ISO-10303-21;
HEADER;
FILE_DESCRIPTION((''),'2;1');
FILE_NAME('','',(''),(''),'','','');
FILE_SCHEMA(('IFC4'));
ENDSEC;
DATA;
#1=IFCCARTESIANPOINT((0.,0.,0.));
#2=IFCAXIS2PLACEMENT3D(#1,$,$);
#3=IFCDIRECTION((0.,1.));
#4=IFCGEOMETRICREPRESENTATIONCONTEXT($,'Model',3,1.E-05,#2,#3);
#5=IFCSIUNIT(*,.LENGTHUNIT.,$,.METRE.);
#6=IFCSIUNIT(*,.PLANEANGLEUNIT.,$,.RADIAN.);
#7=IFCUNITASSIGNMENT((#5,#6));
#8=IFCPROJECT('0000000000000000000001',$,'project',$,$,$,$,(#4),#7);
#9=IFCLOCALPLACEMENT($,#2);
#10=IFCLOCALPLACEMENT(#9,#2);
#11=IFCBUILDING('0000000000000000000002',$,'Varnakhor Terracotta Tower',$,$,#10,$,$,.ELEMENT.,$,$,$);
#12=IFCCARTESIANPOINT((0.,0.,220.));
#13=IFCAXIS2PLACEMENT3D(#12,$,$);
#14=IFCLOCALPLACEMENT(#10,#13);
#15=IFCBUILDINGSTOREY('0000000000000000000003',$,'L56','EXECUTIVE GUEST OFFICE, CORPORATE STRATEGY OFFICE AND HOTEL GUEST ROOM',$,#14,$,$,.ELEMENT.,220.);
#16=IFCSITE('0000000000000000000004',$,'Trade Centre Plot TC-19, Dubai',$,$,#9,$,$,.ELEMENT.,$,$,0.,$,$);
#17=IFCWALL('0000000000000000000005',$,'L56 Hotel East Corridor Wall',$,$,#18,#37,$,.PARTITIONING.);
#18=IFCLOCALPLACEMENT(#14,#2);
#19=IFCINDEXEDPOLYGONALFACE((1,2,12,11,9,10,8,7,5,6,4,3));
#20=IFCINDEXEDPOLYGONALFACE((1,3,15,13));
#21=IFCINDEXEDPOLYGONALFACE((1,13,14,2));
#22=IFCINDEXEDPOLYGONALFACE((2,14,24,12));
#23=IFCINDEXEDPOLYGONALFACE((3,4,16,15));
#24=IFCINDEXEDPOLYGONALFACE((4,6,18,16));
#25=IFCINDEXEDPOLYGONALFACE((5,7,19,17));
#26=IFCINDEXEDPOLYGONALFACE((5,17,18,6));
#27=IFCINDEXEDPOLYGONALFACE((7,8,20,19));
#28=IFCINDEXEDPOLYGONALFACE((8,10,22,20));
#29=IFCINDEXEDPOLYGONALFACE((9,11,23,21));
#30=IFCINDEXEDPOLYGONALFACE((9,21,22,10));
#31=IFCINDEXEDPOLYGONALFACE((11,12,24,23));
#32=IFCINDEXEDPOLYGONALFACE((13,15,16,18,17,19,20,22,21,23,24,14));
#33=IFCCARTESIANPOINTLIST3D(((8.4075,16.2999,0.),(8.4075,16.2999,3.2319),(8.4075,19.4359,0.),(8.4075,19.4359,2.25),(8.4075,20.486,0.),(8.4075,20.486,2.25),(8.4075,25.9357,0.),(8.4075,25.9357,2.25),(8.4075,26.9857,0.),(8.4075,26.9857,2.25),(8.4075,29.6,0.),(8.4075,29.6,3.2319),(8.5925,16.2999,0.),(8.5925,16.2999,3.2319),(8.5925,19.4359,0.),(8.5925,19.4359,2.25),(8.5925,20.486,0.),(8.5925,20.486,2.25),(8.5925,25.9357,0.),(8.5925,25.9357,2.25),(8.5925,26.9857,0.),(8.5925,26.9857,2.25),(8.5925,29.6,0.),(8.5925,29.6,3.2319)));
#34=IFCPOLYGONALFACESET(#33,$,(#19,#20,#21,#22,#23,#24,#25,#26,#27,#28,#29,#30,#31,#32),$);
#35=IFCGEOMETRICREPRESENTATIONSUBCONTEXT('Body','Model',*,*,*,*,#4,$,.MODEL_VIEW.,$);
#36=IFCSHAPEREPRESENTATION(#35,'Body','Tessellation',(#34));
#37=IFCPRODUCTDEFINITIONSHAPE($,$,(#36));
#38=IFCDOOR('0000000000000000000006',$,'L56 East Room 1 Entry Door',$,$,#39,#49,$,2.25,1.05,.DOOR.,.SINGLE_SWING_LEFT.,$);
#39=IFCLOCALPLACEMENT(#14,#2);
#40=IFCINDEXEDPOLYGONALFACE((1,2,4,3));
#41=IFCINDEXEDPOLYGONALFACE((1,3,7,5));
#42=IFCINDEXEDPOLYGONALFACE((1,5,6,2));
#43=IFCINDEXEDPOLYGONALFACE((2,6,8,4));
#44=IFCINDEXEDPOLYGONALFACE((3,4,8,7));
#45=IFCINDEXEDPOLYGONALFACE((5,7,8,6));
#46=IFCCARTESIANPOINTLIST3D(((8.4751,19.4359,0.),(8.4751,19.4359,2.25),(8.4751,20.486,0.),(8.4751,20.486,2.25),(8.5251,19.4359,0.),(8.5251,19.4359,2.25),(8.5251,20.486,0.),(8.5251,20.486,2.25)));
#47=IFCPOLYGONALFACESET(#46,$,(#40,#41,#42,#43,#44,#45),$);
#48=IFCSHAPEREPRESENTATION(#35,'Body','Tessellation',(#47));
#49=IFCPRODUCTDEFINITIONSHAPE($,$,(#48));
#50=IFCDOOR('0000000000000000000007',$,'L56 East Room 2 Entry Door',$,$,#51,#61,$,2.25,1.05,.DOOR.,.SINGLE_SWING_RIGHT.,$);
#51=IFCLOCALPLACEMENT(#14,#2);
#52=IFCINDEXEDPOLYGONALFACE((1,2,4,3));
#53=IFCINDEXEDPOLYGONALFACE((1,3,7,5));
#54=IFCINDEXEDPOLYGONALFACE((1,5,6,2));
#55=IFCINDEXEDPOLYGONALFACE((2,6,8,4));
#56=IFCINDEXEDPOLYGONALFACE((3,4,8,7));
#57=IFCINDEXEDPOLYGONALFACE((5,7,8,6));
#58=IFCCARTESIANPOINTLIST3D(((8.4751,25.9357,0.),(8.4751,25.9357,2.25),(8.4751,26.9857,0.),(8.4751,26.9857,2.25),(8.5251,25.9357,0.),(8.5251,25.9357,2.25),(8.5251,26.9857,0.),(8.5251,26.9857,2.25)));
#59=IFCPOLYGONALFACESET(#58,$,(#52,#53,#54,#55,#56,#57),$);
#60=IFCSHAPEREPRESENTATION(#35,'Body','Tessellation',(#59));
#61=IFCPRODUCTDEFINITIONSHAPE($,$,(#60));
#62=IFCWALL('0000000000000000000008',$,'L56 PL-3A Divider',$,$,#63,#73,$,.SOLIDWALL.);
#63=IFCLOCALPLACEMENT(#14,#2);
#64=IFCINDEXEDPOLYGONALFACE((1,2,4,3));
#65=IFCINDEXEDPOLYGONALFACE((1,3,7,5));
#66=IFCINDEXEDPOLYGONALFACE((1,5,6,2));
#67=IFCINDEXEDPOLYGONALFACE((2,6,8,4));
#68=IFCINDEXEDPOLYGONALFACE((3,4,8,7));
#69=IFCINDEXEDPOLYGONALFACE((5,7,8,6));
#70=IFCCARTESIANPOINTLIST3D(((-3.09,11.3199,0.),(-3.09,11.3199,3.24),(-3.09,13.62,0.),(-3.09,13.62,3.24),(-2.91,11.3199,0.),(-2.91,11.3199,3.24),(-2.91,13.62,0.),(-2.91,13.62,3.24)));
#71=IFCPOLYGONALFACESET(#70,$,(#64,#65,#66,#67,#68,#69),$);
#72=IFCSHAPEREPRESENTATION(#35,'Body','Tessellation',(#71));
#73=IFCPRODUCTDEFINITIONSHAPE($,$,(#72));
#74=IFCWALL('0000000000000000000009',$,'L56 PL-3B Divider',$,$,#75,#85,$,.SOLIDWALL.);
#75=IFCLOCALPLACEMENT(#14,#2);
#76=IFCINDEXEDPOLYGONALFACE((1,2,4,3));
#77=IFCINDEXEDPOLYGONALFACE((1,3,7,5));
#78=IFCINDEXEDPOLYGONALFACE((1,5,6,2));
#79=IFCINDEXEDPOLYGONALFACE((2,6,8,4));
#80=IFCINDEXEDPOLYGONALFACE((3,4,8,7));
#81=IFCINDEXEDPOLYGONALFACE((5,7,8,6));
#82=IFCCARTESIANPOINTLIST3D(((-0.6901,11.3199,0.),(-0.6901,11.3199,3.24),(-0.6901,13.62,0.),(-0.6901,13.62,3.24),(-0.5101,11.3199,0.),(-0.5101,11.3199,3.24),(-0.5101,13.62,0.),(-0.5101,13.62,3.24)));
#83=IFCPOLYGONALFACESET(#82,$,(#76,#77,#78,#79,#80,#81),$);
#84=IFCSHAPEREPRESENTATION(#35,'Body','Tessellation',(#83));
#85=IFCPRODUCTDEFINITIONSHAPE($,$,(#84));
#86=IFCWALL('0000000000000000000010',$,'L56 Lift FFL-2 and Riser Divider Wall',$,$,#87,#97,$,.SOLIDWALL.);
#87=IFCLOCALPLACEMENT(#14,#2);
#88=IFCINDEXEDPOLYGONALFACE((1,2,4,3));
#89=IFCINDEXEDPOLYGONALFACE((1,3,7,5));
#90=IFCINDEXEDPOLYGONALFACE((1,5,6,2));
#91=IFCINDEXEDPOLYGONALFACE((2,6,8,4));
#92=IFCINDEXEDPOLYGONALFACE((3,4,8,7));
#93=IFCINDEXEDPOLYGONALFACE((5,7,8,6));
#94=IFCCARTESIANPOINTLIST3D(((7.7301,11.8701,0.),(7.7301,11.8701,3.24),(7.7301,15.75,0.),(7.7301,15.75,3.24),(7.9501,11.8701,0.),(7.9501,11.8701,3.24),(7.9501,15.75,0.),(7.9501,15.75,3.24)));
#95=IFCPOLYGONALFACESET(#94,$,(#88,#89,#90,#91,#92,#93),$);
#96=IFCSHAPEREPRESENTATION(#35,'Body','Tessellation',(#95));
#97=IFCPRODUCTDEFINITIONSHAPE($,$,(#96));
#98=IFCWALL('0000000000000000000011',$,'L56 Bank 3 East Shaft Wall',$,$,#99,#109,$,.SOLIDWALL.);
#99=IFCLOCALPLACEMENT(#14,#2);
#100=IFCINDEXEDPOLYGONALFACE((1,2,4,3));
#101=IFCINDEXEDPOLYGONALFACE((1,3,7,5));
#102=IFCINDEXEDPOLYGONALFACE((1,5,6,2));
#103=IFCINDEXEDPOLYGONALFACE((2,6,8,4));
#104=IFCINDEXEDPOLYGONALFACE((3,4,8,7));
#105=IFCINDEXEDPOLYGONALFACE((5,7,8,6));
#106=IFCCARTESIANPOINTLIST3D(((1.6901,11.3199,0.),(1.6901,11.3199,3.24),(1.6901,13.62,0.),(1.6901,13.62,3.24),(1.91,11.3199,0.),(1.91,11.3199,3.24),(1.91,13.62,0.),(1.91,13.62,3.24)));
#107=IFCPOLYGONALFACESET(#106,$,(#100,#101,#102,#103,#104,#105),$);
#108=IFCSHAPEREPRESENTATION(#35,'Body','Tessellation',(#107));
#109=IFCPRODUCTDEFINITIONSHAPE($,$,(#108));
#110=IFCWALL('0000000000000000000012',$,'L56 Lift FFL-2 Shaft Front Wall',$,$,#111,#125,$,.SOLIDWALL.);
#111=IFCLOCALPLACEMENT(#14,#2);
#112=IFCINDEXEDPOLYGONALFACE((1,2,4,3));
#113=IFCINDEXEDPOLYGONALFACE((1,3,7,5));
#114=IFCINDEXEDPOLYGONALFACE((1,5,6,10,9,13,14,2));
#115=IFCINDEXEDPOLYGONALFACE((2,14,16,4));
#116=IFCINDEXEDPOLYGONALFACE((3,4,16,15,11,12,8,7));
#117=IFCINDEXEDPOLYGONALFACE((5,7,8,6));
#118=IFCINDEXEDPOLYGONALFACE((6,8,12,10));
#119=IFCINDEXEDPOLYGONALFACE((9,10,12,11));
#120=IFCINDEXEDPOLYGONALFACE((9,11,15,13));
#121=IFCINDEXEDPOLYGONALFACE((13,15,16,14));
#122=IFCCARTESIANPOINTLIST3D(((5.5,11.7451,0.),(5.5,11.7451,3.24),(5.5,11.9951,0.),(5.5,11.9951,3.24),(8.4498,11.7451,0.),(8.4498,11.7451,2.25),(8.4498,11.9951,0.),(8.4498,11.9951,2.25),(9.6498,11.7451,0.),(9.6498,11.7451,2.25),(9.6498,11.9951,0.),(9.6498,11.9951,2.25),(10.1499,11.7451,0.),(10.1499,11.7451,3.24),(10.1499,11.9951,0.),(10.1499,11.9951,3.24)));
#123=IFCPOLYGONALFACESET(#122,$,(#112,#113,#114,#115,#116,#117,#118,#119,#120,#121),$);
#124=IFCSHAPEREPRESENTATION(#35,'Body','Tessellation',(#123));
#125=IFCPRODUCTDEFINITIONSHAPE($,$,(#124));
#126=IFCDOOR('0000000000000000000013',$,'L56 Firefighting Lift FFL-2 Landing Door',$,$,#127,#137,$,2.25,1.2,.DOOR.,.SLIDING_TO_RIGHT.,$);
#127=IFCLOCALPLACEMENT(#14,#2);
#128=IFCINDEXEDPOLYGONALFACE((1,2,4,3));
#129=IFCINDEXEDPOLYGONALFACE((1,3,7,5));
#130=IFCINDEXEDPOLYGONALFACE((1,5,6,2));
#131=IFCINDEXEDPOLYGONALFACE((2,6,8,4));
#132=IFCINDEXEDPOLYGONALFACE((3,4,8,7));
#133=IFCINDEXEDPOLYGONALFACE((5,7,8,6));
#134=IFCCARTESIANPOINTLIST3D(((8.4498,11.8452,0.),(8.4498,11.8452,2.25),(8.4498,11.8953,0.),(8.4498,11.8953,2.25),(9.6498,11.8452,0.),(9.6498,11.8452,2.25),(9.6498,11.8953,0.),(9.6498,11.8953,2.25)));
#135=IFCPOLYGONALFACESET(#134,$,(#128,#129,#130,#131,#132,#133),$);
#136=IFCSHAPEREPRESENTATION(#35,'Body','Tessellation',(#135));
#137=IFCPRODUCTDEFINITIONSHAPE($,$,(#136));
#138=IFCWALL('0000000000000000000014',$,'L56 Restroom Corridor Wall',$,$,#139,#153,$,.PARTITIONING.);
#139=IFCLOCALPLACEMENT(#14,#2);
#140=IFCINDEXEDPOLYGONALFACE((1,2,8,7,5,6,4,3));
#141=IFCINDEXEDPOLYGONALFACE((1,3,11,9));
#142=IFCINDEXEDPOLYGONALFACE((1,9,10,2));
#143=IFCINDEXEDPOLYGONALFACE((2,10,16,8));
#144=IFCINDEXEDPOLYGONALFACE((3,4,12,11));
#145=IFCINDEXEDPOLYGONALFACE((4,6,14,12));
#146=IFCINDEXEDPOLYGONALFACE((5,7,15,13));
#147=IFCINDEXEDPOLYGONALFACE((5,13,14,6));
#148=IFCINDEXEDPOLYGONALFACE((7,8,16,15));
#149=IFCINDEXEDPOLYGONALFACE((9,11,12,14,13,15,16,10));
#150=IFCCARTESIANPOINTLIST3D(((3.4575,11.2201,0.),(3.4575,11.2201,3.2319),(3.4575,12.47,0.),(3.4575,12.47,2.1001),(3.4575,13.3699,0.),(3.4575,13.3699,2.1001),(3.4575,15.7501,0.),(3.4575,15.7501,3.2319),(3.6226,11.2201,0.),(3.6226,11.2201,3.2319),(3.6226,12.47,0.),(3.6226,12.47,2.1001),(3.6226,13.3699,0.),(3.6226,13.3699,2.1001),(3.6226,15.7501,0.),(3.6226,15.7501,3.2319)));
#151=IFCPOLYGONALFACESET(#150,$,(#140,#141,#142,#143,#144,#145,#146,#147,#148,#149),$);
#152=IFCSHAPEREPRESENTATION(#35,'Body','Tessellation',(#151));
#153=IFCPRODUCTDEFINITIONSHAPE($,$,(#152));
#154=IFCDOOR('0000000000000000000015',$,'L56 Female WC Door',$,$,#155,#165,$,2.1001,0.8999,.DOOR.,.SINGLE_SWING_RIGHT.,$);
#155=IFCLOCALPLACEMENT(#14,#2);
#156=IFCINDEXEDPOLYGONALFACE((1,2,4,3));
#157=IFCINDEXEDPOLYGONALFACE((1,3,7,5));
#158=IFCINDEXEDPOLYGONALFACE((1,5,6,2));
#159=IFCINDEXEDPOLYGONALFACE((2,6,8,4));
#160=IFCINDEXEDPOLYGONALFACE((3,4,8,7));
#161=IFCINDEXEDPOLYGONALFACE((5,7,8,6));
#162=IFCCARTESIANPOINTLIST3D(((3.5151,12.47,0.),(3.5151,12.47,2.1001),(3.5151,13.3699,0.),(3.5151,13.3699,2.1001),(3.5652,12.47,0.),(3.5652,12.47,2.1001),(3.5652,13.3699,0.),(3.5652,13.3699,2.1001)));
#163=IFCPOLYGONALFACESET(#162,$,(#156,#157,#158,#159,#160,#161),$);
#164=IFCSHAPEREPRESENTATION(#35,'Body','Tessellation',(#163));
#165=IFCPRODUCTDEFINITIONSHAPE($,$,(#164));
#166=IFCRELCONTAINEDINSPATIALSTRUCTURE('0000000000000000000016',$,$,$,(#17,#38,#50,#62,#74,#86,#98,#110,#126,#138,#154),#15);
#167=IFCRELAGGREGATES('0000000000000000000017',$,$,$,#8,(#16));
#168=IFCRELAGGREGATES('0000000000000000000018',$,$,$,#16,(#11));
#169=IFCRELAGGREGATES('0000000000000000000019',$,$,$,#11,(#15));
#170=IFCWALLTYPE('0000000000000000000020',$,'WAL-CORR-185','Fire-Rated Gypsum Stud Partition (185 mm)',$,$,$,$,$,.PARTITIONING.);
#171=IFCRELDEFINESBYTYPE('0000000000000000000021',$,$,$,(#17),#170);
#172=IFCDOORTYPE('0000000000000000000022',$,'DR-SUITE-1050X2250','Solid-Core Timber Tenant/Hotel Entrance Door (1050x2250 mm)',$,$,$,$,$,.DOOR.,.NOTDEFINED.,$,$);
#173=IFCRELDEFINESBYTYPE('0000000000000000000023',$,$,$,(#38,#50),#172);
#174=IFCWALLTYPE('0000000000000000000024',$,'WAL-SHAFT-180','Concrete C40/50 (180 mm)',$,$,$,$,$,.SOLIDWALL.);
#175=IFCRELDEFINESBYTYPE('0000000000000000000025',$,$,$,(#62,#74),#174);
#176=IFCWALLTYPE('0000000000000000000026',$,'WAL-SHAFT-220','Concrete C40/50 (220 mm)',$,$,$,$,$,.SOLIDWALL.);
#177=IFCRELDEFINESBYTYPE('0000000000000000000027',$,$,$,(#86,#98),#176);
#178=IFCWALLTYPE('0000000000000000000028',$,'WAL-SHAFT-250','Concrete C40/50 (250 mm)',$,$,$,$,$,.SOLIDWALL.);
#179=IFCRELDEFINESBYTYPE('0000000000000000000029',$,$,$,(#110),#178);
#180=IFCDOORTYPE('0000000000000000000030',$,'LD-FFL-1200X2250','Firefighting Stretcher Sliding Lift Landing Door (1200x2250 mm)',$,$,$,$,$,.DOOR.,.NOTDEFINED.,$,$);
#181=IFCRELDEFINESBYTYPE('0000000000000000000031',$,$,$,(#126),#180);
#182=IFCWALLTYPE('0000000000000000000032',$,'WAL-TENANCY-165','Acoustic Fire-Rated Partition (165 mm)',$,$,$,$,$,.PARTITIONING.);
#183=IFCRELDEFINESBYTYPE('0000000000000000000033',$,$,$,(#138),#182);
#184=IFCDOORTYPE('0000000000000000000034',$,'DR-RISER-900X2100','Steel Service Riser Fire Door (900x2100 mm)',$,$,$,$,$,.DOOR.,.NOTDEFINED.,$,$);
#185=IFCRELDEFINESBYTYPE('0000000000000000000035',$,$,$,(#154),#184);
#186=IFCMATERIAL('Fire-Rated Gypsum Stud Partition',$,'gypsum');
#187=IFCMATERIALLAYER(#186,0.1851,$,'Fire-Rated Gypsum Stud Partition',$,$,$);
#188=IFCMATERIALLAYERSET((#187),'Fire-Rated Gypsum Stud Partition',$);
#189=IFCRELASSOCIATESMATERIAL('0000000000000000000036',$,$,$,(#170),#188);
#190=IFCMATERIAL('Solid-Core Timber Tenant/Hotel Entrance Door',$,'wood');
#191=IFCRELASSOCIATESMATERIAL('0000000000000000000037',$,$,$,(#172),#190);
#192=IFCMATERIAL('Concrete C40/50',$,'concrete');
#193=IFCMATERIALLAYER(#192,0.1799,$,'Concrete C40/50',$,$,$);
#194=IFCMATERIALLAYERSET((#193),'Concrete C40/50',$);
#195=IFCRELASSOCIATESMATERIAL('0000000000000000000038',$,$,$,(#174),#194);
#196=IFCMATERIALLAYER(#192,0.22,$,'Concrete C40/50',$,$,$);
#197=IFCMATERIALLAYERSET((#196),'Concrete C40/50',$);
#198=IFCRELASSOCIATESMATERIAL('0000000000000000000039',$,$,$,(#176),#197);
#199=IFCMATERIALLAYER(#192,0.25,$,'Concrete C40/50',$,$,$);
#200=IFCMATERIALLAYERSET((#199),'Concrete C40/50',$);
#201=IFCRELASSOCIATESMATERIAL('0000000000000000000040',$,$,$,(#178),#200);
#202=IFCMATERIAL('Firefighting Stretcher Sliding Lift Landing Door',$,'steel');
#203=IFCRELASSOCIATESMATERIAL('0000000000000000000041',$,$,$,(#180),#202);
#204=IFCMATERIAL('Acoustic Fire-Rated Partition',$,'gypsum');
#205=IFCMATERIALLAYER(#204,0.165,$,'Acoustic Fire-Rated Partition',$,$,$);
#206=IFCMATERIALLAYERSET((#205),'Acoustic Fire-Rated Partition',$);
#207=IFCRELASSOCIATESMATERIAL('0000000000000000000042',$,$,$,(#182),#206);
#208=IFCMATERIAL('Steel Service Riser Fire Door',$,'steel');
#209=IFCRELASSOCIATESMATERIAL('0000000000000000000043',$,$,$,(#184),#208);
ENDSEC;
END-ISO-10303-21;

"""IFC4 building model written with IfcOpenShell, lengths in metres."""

from ifc_helpers import new_model, si_unit, direction, frame, frame_2d, origin, place, context, subcontext, project, spatial, rectangle, extrude, source, transform, mapped, material, layer, layer_set, type_object, type_shapes, element, fill, save


model = new_model("IFC4")

# Units and contexts
model_context = context("Model", 3, precision=1e-05, world=origin(), true_north=direction((0.0, 1.0)))
body_context = subcontext(model_context, "Body", "Model", "MODEL_VIEW")
ifc_project = project(units=[si_unit("LENGTHUNIT", "METRE"), si_unit("PLANEANGLEUNIT", "RADIAN")], contexts=[model_context])

# Site, building, storey
site_placement = place(None, origin())
site = spatial("IfcSite", under=ifc_project, at=site_placement, Name="Trade Centre Plot TC-19, Dubai", CompositionType="ELEMENT", RefElevation=0.0)
building_placement = place(site_placement, origin())
building = spatial("IfcBuilding", under=site, at=building_placement, Name="Varnakhor Terracotta Tower", CompositionType="ELEMENT")
storey_placement = place(building_placement, frame((0.0, 0.0, 220.0)))
storey = spatial("IfcBuildingStorey", under=building, at=storey_placement, Name="L56", Description="EXECUTIVE GUEST OFFICE, CORPORATE STRATEGY OFFICE AND HOTEL GUEST ROOM", CompositionType="ELEMENT", Elevation=220.0)

# Shared definitions
ifc_material_1 = material(Name="Fire-Rated Gypsum Stud Partition", Category="gypsum")
ifc_layer_1 = layer(ifc_material_1, 0.1851, Name="Fire-Rated Gypsum Stud Partition")
ifc_layer_set_1 = layer_set([ifc_layer_1], Name="Fire-Rated Gypsum Stud Partition")
wall_type_1 = type_object("IfcWallType", Name="WAL-CORR-185", Description="Fire-Rated Gypsum Stud Partition (185 mm)", PredefinedType="PARTITIONING", material=ifc_layer_set_1)

# Wall, openings, doors
wall_1_placement = place(storey_placement, frame((8.5, 16.3, 0.0), z_axis=(0.0, 0.0, 1.0), x_axis=(0.0, 1.0, 0.0)))
wall_1 = element("IfcWall", 1, at=wall_1_placement, inside=storey, type_object=wall_type_1, Name="L56 Hotel East Corridor Wall", PredefinedType="PARTITIONING", context=body_context, shape_type="SweptSolid", body=[
    extrude(rectangle(XDim=13.3, YDim=0.1851, at=frame_2d((6.6499, 0.0))), origin(), (0.0, 0.0, 1.0), 3.2319),
])
opening_1_placement = place(wall_1_placement, frame((3.136, 0.0, 0.0)))
opening_1 = element("IfcOpeningElement", 2, at=opening_1_placement, cuts=wall_1, PredefinedType="OPENING", context=body_context, shape_type="SweptSolid", body=[
    extrude(rectangle(XDim=1.05, YDim=2.25, at=frame_2d((0.5249, 1.125))), frame((0.0, 0.1025, 0.0), z_axis=(0.0, -1.0, 0.0), x_axis=(1.0, 0.0, 0.0)), (0.0, 0.0, 1.0), 0.2051),
])
opening_2_placement = place(wall_1_placement, frame((9.6357, 0.0, 0.0)))
opening_2 = element("IfcOpeningElement", 3, at=opening_2_placement, cuts=wall_1, PredefinedType="OPENING", context=body_context, shape_type="SweptSolid", body=[
    extrude(rectangle(XDim=1.05, YDim=2.25, at=frame_2d((0.5249, 1.125))), frame((0.0, 0.1025, 0.0), z_axis=(0.0, -1.0, 0.0), x_axis=(1.0, 0.0, 0.0)), (0.0, 0.0, 1.0), 0.2051),
])
ifc_material_2 = material(Name="Solid-Core Timber Tenant/Hotel Entrance Door", Category="wood")
door_type_1 = type_object("IfcDoorType", Name="DR-SUITE-1050X2250", Description="Solid-Core Timber Tenant/Hotel Entrance Door (1050x2250 mm)", OperationType="NOTDEFINED", PredefinedType="DOOR", material=ifc_material_2)
shared_shape_1 = source(origin(), body_context, "Body", "SweptSolid", [
    extrude(rectangle(XDim=1.05, YDim=2.25, at=frame_2d((0.5249, 1.125))), frame((0.0, 0.0249, 0.0), z_axis=(0.0, -1.0, 0.0), x_axis=(1.0, 0.0, 0.0)), (0.0, 0.0, 1.0), 0.05),
])
type_shapes(door_type_1, [shared_shape_1])
door_1_placement = place(opening_1_placement, origin())
door_1 = element("IfcDoor", 4, at=door_1_placement, inside=storey, type_object=door_type_1, Name="L56 East Room 1 Entry Door", OperationType="SINGLE_SWING_LEFT", OverallHeight=2.25, OverallWidth=1.05, PredefinedType="DOOR", context=body_context, shape_type="MappedRepresentation", body=[
    mapped(shared_shape_1, transform((0.0, 0.0, 0.0), scale=1.0)),
])
fill(opening_1, door_1)
door_2_placement = place(opening_2_placement, origin())
door_2 = element("IfcDoor", 5, at=door_2_placement, inside=storey, type_object=door_type_1, Name="L56 East Room 2 Entry Door", OperationType="SINGLE_SWING_RIGHT", OverallHeight=2.25, OverallWidth=1.05, PredefinedType="DOOR", context=body_context, shape_type="MappedRepresentation", body=[
    mapped(shared_shape_1, transform((0.0, 0.0, 0.0), scale=1.0)),
])
fill(opening_2, door_2)

# Walls
ifc_material_3 = material(Name="Concrete C40/50", Category="concrete")
ifc_layer_2 = layer(ifc_material_3, 0.1799, Name="Concrete C40/50")
ifc_layer_set_2 = layer_set([ifc_layer_2], Name="Concrete C40/50")
wall_type_2 = type_object("IfcWallType", Name="WAL-SHAFT-180", Description="Concrete C40/50 (180 mm)", PredefinedType="SOLIDWALL", material=ifc_layer_set_2)
for number, where, z_axis, x_axis, name in (
    (6, (-3.0, 11.3201, 0.0), (0.0, 0.0, 1.0), (0.0, 1.0, 0.0), "L56 PL-3A Divider"),
    (7, (-0.6001, 11.3201, 0.0), (0.0, 0.0, 1.0), (0.0, 1.0, 0.0), "L56 PL-3B Divider"),
):
    element("IfcWall", number, at=place(storey_placement, frame(where, z_axis=z_axis, x_axis=x_axis)), inside=storey, type_object=wall_type_2, Name=name, PredefinedType="SOLIDWALL", context=body_context, shape_type="SweptSolid", body=[
        extrude(rectangle(XDim=2.3, YDim=0.1799, at=frame_2d((1.1499, 0.0))), origin(), (0.0, 0.0, 1.0), 3.24),
    ])
ifc_layer_3 = layer(ifc_material_3, 0.22, Name="Concrete C40/50")
ifc_layer_set_3 = layer_set([ifc_layer_3], Name="Concrete C40/50")
wall_type_3 = type_object("IfcWallType", Name="WAL-SHAFT-220", Description="Concrete C40/50 (220 mm)", PredefinedType="SOLIDWALL", material=ifc_layer_set_3)
wall_2_placement = place(storey_placement, frame((7.8401, 11.8701, 0.0), z_axis=(0.0, 0.0, 1.0), x_axis=(0.0, 1.0, 0.0)))
element("IfcWall", 8, at=wall_2_placement, inside=storey, type_object=wall_type_3, Name="L56 Lift FFL-2 and Riser Divider Wall", PredefinedType="SOLIDWALL", context=body_context, shape_type="SweptSolid", body=[
    extrude(rectangle(XDim=3.8799, YDim=0.22, at=frame_2d((1.9399, 0.0))), origin(), (0.0, 0.0, 1.0), 3.24),
])
wall_3_placement = place(storey_placement, frame((1.8, 11.3201, 0.0), z_axis=(0.0, 0.0, 1.0), x_axis=(0.0, 1.0, 0.0)))
element("IfcWall", 9, at=wall_3_placement, inside=storey, type_object=wall_type_3, Name="L56 Bank 3 East Shaft Wall", PredefinedType="SOLIDWALL", context=body_context, shape_type="SweptSolid", body=[
    extrude(rectangle(XDim=2.3, YDim=0.22, at=frame_2d((1.1499, 0.0))), origin(), (0.0, 0.0, 1.0), 3.24),
])

# Walls, openings, doors
ifc_layer_4 = layer(ifc_material_3, 0.25, Name="Concrete C40/50")
ifc_layer_set_4 = layer_set([ifc_layer_4], Name="Concrete C40/50")
wall_type_4 = type_object("IfcWallType", Name="WAL-SHAFT-250", Description="Concrete C40/50 (250 mm)", PredefinedType="SOLIDWALL", material=ifc_layer_set_4)
wall_4_placement = place(storey_placement, frame((10.1499, 11.8701, 0.0), z_axis=(0.0, 0.0, 1.0), x_axis=(-1.0, 0.0, 0.0)))
wall_4 = element("IfcWall", 10, at=wall_4_placement, inside=storey, type_object=wall_type_4, Name="L56 Lift FFL-2 Shaft Front Wall", PredefinedType="SOLIDWALL", context=body_context, shape_type="SweptSolid", body=[
    extrude(rectangle(XDim=4.6499, YDim=0.25, at=frame_2d((2.325, 0.0))), origin(), (0.0, 0.0, 1.0), 3.24),
])
opening_3_placement = place(wall_4_placement, frame((0.5, 0.0, 0.0)))
opening_3 = element("IfcOpeningElement", 11, at=opening_3_placement, cuts=wall_4, PredefinedType="OPENING", context=body_context, shape_type="SweptSolid", body=[
    extrude(rectangle(XDim=1.2, YDim=2.25, at=frame_2d((0.6001, 1.125))), frame((0.0, 0.135, 0.0), z_axis=(0.0, -1.0, 0.0), x_axis=(1.0, 0.0, 0.0)), (0.0, 0.0, 1.0), 0.27),
])
ifc_material_4 = material(Name="Firefighting Stretcher Sliding Lift Landing Door", Category="steel")
door_type_2 = type_object("IfcDoorType", Name="LD-FFL-1200X2250", Description="Firefighting Stretcher Sliding Lift Landing Door (1200x2250 mm)", OperationType="NOTDEFINED", PredefinedType="DOOR", material=ifc_material_4)
shared_shape_2 = source(origin(), body_context, "Body", "SweptSolid", [
    extrude(rectangle(XDim=1.2, YDim=2.25, at=frame_2d((0.6001, 1.125))), frame((0.0, 0.0249, 0.0), z_axis=(0.0, -1.0, 0.0), x_axis=(1.0, 0.0, 0.0)), (0.0, 0.0, 1.0), 0.05),
])
type_shapes(door_type_2, [shared_shape_2])
door_3_placement = place(opening_3_placement, origin())
door_3 = element("IfcDoor", 12, at=door_3_placement, inside=storey, type_object=door_type_2, Name="L56 Firefighting Lift FFL-2 Landing Door", OperationType="SLIDING_TO_RIGHT", OverallHeight=2.25, OverallWidth=1.2, PredefinedType="DOOR", context=body_context, shape_type="MappedRepresentation", body=[
    mapped(shared_shape_2, transform((0.0, 0.0, 0.0), scale=1.0)),
])
fill(opening_3, door_3)
ifc_material_5 = material(Name="Acoustic Fire-Rated Partition", Category="gypsum")
ifc_layer_5 = layer(ifc_material_5, 0.165, Name="Acoustic Fire-Rated Partition")
ifc_layer_set_5 = layer_set([ifc_layer_5], Name="Acoustic Fire-Rated Partition")
wall_type_5 = type_object("IfcWallType", Name="WAL-TENANCY-165", Description="Acoustic Fire-Rated Partition (165 mm)", PredefinedType="PARTITIONING", material=ifc_layer_set_5)
wall_5_placement = place(storey_placement, frame((3.54, 11.22, 0.0), z_axis=(0.0, 0.0, 1.0), x_axis=(0.0, 1.0, 0.0)))
wall_5 = element("IfcWall", 13, at=wall_5_placement, inside=storey, type_object=wall_type_5, Name="L56 Restroom Corridor Wall", PredefinedType="PARTITIONING", context=body_context, shape_type="SweptSolid", body=[
    extrude(rectangle(XDim=4.53, YDim=0.165, at=frame_2d((2.2651, 0.0))), origin(), (0.0, 0.0, 1.0), 3.2319),
])
opening_4_placement = place(wall_5_placement, frame((1.25, 0.0, 0.0)))
opening_4 = element("IfcOpeningElement", 14, at=opening_4_placement, cuts=wall_5, PredefinedType="OPENING", context=body_context, shape_type="SweptSolid", body=[
    extrude(rectangle(XDim=0.8999, YDim=2.1001, at=frame_2d((0.45, 1.05))), frame((0.0, 0.0925, 0.0), z_axis=(0.0, -1.0, 0.0), x_axis=(1.0, 0.0, 0.0)), (0.0, 0.0, 1.0), 0.1851),
])
ifc_material_6 = material(Name="Steel Service Riser Fire Door", Category="steel")
door_type_3 = type_object("IfcDoorType", Name="DR-RISER-900X2100", Description="Steel Service Riser Fire Door (900x2100 mm)", OperationType="NOTDEFINED", PredefinedType="DOOR", material=ifc_material_6)
shared_shape_3 = source(origin(), body_context, "Body", "SweptSolid", [
    extrude(rectangle(XDim=0.8999, YDim=2.1001, at=frame_2d((0.45, 1.05))), frame((0.0, 0.0249, 0.0), z_axis=(0.0, -1.0, 0.0), x_axis=(1.0, 0.0, 0.0)), (0.0, 0.0, 1.0), 0.05),
])
type_shapes(door_type_3, [shared_shape_3])
door_4_placement = place(opening_4_placement, origin())
door_4 = element("IfcDoor", 15, at=door_4_placement, inside=storey, type_object=door_type_3, Name="L56 Female WC Door", OperationType="SINGLE_SWING_RIGHT", OverallHeight=2.1001, OverallWidth=0.8999, PredefinedType="DOOR", context=body_context, shape_type="MappedRepresentation", body=[
    mapped(shared_shape_3, transform((0.0, 0.0, 0.0), scale=1.0)),
])
fill(opening_4, door_4)

save(model, "model.ifc")
